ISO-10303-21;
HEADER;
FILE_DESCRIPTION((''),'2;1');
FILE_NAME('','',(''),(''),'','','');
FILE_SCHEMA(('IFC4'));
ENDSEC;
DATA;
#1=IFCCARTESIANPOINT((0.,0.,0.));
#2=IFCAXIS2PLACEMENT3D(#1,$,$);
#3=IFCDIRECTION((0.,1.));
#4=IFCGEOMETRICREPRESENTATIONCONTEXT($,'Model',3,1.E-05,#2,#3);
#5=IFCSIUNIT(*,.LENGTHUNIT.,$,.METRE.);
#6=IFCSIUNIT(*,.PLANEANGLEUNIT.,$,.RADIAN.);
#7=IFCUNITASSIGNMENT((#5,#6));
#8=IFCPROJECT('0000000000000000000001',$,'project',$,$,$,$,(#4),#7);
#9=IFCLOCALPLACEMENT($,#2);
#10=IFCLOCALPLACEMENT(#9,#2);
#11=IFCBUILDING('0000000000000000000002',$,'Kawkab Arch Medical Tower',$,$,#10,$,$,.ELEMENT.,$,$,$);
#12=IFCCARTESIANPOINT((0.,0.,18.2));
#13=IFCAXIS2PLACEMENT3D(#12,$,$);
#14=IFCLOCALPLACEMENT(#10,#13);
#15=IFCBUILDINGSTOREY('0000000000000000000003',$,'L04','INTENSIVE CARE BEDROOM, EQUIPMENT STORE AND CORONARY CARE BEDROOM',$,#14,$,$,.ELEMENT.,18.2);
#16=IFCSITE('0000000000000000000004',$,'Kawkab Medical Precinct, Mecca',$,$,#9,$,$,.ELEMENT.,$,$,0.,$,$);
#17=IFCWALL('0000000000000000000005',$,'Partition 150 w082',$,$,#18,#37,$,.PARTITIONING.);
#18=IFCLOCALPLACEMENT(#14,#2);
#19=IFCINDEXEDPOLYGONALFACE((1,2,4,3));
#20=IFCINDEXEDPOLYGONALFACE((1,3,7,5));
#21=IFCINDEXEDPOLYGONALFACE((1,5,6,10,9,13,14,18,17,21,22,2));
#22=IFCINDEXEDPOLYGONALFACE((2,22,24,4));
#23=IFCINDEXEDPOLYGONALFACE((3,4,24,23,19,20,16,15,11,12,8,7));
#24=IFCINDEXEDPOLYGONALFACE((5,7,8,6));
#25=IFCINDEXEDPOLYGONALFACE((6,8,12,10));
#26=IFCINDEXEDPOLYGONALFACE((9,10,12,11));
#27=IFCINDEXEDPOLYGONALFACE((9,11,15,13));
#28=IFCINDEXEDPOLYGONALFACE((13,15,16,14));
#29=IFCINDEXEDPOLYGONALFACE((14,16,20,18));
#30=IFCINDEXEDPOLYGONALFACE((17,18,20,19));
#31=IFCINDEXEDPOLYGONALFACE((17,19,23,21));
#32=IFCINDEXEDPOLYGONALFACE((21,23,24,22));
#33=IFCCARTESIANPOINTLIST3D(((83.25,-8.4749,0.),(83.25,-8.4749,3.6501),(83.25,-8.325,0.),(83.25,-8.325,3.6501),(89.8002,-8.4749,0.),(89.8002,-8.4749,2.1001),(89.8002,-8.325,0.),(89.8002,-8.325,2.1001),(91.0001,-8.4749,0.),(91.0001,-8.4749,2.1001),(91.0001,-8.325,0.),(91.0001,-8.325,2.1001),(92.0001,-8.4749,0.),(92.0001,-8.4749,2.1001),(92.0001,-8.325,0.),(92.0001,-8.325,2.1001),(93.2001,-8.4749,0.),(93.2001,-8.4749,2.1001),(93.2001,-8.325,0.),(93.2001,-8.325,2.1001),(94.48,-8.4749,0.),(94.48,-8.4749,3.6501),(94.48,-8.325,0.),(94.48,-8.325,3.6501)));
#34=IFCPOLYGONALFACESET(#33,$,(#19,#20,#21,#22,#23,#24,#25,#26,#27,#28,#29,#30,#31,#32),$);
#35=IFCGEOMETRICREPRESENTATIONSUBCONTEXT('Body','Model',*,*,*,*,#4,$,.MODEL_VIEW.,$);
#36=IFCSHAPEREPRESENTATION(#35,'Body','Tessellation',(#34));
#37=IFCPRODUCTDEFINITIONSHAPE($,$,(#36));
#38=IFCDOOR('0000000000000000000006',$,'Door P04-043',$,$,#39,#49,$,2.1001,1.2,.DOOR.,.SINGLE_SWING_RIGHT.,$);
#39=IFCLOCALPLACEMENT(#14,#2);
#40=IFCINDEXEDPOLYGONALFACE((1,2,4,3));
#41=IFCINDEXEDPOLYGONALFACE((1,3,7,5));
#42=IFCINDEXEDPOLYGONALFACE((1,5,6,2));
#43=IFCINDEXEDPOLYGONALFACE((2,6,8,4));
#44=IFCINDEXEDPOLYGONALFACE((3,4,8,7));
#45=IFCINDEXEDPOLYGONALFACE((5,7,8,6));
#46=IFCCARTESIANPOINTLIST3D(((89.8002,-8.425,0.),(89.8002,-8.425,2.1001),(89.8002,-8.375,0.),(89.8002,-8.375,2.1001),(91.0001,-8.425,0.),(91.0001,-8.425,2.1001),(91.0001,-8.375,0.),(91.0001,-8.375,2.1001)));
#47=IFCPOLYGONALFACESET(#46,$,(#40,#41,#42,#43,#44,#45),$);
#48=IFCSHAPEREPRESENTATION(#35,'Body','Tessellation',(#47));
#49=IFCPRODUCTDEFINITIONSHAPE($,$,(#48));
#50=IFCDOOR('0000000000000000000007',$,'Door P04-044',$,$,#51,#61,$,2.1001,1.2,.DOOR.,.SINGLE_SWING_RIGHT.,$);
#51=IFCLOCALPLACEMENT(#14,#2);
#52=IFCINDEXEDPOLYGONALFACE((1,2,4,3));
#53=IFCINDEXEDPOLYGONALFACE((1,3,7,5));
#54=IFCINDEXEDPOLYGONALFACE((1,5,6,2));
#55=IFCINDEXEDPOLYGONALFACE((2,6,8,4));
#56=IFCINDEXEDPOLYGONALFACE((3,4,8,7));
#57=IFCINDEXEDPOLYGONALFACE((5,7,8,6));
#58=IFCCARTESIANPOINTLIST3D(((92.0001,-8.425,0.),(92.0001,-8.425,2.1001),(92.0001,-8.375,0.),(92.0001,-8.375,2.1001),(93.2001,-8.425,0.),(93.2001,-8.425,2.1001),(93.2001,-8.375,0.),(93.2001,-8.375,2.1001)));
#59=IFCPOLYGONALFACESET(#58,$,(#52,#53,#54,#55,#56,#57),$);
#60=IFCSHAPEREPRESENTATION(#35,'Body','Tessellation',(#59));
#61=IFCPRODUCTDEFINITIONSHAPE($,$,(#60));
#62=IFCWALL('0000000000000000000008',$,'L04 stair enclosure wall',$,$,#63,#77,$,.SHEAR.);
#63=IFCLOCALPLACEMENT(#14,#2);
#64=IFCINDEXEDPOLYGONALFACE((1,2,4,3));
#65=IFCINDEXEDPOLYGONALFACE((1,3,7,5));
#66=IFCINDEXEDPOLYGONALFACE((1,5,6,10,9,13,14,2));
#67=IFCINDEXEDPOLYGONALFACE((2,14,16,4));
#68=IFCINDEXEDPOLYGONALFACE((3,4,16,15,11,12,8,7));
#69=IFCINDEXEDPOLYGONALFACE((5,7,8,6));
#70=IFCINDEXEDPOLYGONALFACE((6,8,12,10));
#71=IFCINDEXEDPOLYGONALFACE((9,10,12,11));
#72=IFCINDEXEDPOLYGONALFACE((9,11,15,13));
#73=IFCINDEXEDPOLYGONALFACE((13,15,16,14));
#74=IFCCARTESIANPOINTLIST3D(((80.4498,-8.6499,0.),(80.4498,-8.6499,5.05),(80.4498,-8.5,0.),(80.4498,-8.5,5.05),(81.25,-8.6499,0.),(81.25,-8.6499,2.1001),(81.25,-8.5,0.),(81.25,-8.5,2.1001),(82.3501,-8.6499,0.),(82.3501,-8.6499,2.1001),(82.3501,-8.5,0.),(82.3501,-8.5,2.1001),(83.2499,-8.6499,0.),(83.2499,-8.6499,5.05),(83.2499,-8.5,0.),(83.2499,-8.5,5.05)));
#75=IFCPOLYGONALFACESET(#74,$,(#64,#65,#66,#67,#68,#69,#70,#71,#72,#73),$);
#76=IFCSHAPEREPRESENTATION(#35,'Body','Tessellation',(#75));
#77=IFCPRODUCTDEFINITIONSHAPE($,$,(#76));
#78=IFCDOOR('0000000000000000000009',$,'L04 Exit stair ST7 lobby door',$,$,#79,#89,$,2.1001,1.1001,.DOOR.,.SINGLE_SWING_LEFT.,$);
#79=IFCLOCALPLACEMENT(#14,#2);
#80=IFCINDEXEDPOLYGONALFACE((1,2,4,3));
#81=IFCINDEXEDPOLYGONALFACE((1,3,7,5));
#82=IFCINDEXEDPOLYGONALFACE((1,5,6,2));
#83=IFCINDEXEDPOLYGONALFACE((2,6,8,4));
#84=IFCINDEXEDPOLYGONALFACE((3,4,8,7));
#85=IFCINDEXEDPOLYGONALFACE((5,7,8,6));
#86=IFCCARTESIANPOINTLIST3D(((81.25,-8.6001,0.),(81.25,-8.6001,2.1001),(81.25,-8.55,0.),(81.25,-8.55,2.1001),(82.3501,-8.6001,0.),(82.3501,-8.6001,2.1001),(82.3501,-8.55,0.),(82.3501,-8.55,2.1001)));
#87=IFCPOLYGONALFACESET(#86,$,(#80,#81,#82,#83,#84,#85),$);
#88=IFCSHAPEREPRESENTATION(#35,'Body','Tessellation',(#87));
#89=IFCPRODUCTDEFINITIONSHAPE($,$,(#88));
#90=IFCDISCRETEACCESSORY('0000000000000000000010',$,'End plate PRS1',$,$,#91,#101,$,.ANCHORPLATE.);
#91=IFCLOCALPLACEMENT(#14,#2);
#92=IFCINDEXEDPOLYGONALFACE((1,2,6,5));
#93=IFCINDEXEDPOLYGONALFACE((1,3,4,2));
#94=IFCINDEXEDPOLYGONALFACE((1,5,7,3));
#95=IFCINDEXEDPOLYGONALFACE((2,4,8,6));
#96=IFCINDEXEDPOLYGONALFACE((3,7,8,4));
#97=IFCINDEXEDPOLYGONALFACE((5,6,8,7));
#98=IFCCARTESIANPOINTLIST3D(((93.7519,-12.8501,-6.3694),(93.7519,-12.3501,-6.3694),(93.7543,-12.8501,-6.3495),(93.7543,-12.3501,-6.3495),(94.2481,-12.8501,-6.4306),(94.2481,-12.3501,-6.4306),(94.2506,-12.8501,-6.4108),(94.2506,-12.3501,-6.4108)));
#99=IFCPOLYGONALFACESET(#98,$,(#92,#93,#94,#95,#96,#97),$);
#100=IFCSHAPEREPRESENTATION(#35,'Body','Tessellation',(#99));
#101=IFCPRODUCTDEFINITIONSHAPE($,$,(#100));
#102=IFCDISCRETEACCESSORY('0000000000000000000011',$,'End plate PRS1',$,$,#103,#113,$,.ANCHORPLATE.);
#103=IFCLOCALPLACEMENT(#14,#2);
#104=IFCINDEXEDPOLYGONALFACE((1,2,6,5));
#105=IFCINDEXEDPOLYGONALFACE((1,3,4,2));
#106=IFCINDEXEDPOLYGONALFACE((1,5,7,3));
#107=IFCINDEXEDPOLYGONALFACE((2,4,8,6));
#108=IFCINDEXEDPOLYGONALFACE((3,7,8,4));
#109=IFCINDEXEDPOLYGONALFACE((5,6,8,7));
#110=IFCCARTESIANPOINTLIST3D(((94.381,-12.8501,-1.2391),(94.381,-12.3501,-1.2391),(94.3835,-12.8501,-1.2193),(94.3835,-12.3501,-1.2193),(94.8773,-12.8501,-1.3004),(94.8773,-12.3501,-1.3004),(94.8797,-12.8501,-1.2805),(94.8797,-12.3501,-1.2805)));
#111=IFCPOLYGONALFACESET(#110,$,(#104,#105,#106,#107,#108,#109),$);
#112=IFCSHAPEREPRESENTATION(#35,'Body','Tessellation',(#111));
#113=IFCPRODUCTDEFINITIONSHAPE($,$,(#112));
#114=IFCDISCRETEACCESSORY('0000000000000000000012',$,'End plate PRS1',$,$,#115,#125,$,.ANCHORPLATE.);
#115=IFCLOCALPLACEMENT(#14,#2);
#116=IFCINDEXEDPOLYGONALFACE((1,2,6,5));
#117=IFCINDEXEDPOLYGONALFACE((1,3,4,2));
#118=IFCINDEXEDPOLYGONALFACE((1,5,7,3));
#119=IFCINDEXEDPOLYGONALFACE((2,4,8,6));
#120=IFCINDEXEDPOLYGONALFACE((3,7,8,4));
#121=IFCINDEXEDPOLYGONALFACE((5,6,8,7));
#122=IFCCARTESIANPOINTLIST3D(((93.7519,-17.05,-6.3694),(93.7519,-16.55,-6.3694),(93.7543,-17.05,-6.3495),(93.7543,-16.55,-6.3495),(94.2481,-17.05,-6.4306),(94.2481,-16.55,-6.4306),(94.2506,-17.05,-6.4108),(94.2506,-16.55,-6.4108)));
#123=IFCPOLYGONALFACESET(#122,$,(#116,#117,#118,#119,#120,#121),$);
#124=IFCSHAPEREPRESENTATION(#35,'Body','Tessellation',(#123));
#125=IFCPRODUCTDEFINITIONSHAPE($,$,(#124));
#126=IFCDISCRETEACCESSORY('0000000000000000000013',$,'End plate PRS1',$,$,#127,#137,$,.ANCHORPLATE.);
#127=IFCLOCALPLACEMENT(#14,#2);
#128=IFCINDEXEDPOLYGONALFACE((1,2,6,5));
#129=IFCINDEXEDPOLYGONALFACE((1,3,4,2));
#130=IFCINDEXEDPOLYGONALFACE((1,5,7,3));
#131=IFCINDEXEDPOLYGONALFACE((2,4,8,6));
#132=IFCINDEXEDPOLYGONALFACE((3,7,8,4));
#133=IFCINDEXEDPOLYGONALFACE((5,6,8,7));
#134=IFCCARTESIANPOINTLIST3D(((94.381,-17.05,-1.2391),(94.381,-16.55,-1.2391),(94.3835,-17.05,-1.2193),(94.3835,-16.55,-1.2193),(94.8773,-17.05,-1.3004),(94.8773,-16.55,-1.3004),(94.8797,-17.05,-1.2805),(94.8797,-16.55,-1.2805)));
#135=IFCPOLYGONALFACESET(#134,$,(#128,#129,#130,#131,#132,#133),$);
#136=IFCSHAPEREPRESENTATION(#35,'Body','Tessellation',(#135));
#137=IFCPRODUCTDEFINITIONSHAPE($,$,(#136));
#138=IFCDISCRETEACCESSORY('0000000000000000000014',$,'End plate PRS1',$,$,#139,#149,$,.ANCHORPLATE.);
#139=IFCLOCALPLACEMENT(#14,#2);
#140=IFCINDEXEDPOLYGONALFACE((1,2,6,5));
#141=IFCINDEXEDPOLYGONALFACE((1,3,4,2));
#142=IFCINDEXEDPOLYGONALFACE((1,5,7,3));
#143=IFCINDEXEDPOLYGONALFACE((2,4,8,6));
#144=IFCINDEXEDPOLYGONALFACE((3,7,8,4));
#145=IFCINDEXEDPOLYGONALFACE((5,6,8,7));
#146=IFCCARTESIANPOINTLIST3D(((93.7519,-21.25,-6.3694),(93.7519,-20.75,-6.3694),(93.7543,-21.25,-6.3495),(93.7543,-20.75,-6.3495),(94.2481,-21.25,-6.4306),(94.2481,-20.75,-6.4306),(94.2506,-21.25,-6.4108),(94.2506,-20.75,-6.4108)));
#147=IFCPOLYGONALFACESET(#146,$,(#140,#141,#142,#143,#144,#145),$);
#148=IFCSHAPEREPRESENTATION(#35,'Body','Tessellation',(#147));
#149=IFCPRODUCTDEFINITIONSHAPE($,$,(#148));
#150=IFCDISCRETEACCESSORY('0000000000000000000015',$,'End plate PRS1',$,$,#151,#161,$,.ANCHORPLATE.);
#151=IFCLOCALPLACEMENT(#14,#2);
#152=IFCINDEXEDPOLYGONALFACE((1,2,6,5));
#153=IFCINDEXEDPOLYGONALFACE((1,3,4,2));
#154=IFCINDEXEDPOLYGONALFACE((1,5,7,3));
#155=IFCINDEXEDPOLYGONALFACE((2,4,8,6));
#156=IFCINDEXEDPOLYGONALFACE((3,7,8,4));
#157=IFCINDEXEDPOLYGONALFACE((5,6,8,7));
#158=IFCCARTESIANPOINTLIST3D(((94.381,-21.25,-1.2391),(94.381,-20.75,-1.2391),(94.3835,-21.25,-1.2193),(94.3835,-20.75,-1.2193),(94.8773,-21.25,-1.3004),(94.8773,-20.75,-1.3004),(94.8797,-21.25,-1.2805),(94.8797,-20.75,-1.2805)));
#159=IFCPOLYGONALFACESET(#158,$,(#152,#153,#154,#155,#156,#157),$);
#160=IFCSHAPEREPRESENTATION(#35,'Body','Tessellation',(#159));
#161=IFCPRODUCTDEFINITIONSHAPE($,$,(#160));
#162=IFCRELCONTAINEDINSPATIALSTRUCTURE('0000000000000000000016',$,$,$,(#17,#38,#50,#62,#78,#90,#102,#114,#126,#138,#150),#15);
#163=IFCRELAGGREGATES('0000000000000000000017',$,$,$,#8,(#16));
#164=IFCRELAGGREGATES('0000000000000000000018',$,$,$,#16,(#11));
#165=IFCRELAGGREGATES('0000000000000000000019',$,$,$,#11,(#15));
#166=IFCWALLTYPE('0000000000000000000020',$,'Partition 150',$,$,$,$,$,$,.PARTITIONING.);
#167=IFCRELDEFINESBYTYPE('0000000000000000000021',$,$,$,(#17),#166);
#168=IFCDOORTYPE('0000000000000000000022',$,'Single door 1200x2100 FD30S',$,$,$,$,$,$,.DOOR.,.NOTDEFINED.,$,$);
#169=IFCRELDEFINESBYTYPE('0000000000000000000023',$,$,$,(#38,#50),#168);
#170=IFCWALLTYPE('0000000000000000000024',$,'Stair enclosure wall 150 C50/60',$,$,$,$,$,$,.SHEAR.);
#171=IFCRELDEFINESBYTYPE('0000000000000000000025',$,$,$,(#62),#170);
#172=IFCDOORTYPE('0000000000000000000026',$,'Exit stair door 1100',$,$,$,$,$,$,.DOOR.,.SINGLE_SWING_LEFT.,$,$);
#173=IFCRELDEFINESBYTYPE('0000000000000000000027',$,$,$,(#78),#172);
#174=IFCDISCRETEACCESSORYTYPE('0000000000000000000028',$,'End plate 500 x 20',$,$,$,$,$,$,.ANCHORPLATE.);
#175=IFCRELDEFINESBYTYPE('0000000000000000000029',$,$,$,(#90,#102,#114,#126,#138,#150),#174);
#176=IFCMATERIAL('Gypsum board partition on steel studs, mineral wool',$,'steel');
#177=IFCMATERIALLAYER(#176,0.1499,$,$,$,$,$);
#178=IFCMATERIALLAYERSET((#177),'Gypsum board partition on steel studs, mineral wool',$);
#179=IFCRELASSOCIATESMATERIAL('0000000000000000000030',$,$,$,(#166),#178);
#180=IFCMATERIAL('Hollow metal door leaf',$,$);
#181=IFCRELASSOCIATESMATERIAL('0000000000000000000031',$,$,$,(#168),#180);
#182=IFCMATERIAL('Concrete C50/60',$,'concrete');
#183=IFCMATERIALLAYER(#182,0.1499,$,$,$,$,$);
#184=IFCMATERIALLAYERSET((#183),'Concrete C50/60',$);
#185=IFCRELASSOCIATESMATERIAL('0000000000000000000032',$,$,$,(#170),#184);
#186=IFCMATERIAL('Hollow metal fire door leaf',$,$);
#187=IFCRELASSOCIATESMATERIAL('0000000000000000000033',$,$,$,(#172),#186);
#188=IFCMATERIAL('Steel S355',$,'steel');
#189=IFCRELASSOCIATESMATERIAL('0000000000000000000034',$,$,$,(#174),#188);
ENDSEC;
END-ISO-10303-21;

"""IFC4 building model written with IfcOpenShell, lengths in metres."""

from ifc_helpers import new_model, si_unit, direction, frame, frame_2d, origin, origin_2d, place, context, subcontext, project, spatial, rectangle, extrude, material, layer, layer_set, material_profile, profile_set, type_object, element, fill, save


model = new_model("IFC4")

# Units and contexts
model_context = context("Model", 3, precision=1e-05, world=origin(), true_north=direction((0.0, 1.0)))
body_context = subcontext(model_context, "Body", "Model", "MODEL_VIEW")
ifc_project = project(units=[si_unit("LENGTHUNIT", "METRE"), si_unit("PLANEANGLEUNIT", "RADIAN")], contexts=[model_context])

# Site, building, storey
site_placement = place(None, origin())
site = spatial("IfcSite", under=ifc_project, at=site_placement, Name="Kawkab Medical Precinct, Mecca", CompositionType="ELEMENT", RefElevation=0.0)
building_placement = place(site_placement, origin())
building = spatial("IfcBuilding", under=site, at=building_placement, Name="Kawkab Arch Medical Tower", CompositionType="ELEMENT")
storey_placement = place(building_placement, frame((0.0, 0.0, 18.2)))
storey = spatial("IfcBuildingStorey", under=building, at=storey_placement, Name="L04", Description="INTENSIVE CARE BEDROOM, EQUIPMENT STORE AND CORONARY CARE BEDROOM", CompositionType="ELEMENT", Elevation=18.2)

# Shared definitions
ifc_material_1 = material(Name="Gypsum board partition on steel studs, mineral wool", Category="steel")
ifc_layer_1 = layer(ifc_material_1, 0.1499)
ifc_layer_set_1 = layer_set([ifc_layer_1], Name="Gypsum board partition on steel studs, mineral wool")
wall_type_1 = type_object("IfcWallType", Name="Partition 150", PredefinedType="PARTITIONING", material=ifc_layer_set_1)

# Wall, openings, doors
wall_1_placement = place(storey_placement, frame((83.25, -8.3999, 0.0), z_axis=(0.0, 0.0, 1.0), x_axis=(1.0, 0.0, 0.0)))
wall_1 = element("IfcWall", 1, at=wall_1_placement, inside=storey, type_object=wall_type_1, Name="Partition 150 w082", PredefinedType="PARTITIONING", context=body_context, shape_type="SweptSolid", body=[
    extrude(rectangle(XDim=11.23, YDim=0.1499, at=frame_2d((5.615, 0.0))), origin(), (0.0, 0.0, 1.0), 3.6501),
])
opening_1_placement = place(wall_1_placement, frame((6.55, 0.0, 0.0)))
opening_1 = element("IfcOpeningElement", 2, at=opening_1_placement, cuts=wall_1, PredefinedType="OPENING", context=body_context, shape_type="SweptSolid", body=[
    extrude(rectangle(XDim=1.2, YDim=2.1001, at=frame_2d((0.6001, 1.05))), frame((0.0, 0.085, 0.0), z_axis=(0.0, -1.0, 0.0), x_axis=(1.0, 0.0, 0.0)), (0.0, 0.0, 1.0), 0.1699),
])
opening_2_placement = place(wall_1_placement, frame((8.75, 0.0, 0.0)))
opening_2 = element("IfcOpeningElement", 3, at=opening_2_placement, cuts=wall_1, PredefinedType="OPENING", context=body_context, shape_type="SweptSolid", body=[
    extrude(rectangle(XDim=1.2, YDim=2.1001, at=frame_2d((0.6001, 1.05))), frame((0.0, 0.085, 0.0), z_axis=(0.0, -1.0, 0.0), x_axis=(1.0, 0.0, 0.0)), (0.0, 0.0, 1.0), 0.1699),
])
ifc_material_2 = material(Name="Hollow metal door leaf")
door_type_1 = type_object("IfcDoorType", Name="Single door 1200x2100 FD30S", OperationType="NOTDEFINED", PredefinedType="DOOR", material=ifc_material_2)
door_1_placement = place(opening_1_placement, origin())
door_1 = element("IfcDoor", 4, at=door_1_placement, inside=storey, type_object=door_type_1, Name="Door P04-043", OperationType="SINGLE_SWING_RIGHT", OverallHeight=2.1001, OverallWidth=1.2, PredefinedType="DOOR", context=body_context, shape_type="SweptSolid", body=[
    extrude(rectangle(XDim=1.2, YDim=2.1001, at=frame_2d((0.6001, 1.05))), frame((0.0, 0.0249, 0.0), z_axis=(0.0, -1.0, 0.0), x_axis=(1.0, 0.0, 0.0)), (0.0, 0.0, 1.0), 0.05),
])
fill(opening_1, door_1)
door_2_placement = place(opening_2_placement, origin())
door_2 = element("IfcDoor", 5, at=door_2_placement, inside=storey, type_object=door_type_1, Name="Door P04-044", OperationType="SINGLE_SWING_RIGHT", OverallHeight=2.1001, OverallWidth=1.2, PredefinedType="DOOR", context=body_context, shape_type="SweptSolid", body=[
    extrude(rectangle(XDim=1.2, YDim=2.1001, at=frame_2d((0.6001, 1.05))), frame((0.0, 0.0249, 0.0), z_axis=(0.0, -1.0, 0.0), x_axis=(1.0, 0.0, 0.0)), (0.0, 0.0, 1.0), 0.05),
])
fill(opening_2, door_2)

# Wall, opening, door
ifc_material_3 = material(Name="Concrete C50/60", Category="concrete")
ifc_layer_2 = layer(ifc_material_3, 0.1499)
ifc_layer_set_2 = layer_set([ifc_layer_2], Name="Concrete C50/60")
wall_type_2 = type_object("IfcWallType", Name="Stair enclosure wall 150 C50/60", PredefinedType="SHEAR", material=ifc_layer_set_2)
wall_2_placement = place(storey_placement, frame((80.45, -8.575, 0.0), z_axis=(0.0, 0.0, 1.0), x_axis=(1.0, 0.0, 0.0)))
wall_2 = element("IfcWall", 6, at=wall_2_placement, inside=storey, type_object=wall_type_2, Name="L04 stair enclosure wall", PredefinedType="SHEAR", context=body_context, shape_type="SweptSolid", body=[
    extrude(rectangle(XDim=2.8, YDim=0.1499, at=frame_2d((1.3999, 0.0))), origin(), (0.0, 0.0, 1.0), 5.05),
])
opening_3_placement = place(wall_2_placement, frame((0.8, 0.0, 0.0)))
opening_3 = element("IfcOpeningElement", 7, at=opening_3_placement, cuts=wall_2, PredefinedType="OPENING", context=body_context, shape_type="SweptSolid", body=[
    extrude(rectangle(XDim=1.1001, YDim=2.1001, at=frame_2d((0.55, 1.05))), frame((0.0, 0.085, 0.0), z_axis=(0.0, -1.0, 0.0), x_axis=(1.0, 0.0, 0.0)), (0.0, 0.0, 1.0), 0.1699),
])
ifc_material_4 = material(Name="Hollow metal fire door leaf")
door_type_2 = type_object("IfcDoorType", Name="Exit stair door 1100", OperationType="SINGLE_SWING_LEFT", PredefinedType="DOOR", material=ifc_material_4)
door_3_placement = place(opening_3_placement, origin())
door_3 = element("IfcDoor", 8, at=door_3_placement, inside=storey, type_object=door_type_2, Name="L04 Exit stair ST7 lobby door", OperationType="SINGLE_SWING_LEFT", OverallHeight=2.1001, OverallWidth=1.1001, PredefinedType="DOOR", context=body_context, shape_type="SweptSolid", body=[
    extrude(rectangle(XDim=1.1001, YDim=2.1001, at=frame_2d((0.55, 1.05))), frame((0.0, 0.0249, 0.0), z_axis=(0.0, -1.0, 0.0), x_axis=(1.0, 0.0, 0.0)), (0.0, 0.0, 1.0), 0.05),
])
fill(opening_3, door_3)

# Discrete accessories
ifc_material_5 = material(Name="Steel S355", Category="steel")
ifc_material_profile_1 = material_profile(ifc_material_5, rectangle(XDim=0.5, YDim=0.5, at=origin_2d()), Name="End plate 500 x 20")
ifc_profile_set_1 = profile_set([ifc_material_profile_1], Name="Steel S355")
discrete_accessory_type = type_object("IfcDiscreteAccessoryType", Name="End plate 500 x 20", PredefinedType="ANCHORPLATE", material=ifc_profile_set_1)
for number, where, z_axis, x_axis, name in (
    (9, (94.0024, -12.6001, -6.3801), (-0.122527, 0.0, -0.992465), (0.0, -1.0, 0.0), "End plate PRS1"),
    (10, (94.6292, -12.6001, -1.2698), (0.122527, 0.0, 0.992465), (0.0, 1.0, 0.0), "End plate PRS1"),
    (11, (94.0024, -16.8, -6.3801), (-0.122527, 0.0, -0.992465), (0.0, -1.0, 0.0), "End plate PRS1"),
    (12, (94.6292, -16.8, -1.2698), (0.122527, 0.0, 0.992465), (0.0, 1.0, 0.0), "End plate PRS1"),
    (13, (94.0024, -21.0, -6.3801), (-0.122527, 0.0, -0.992465), (0.0, -1.0, 0.0), "End plate PRS1"),
    (14, (94.6292, -21.0, -1.2698), (0.122527, 0.0, 0.992465), (0.0, 1.0, 0.0), "End plate PRS1"),
):
    element("IfcDiscreteAccessory", number, at=place(storey_placement, frame(where, z_axis=z_axis, x_axis=x_axis)), inside=storey, type_object=discrete_accessory_type, Name=name, PredefinedType="ANCHORPLATE", context=body_context, shape_type="SweptSolid", body=[
        extrude(rectangle(XDim=0.5, YDim=0.5, at=origin_2d()), origin(), (0.0, 0.0, 1.0), 0.02),
    ])

save(model, "model.ifc")
